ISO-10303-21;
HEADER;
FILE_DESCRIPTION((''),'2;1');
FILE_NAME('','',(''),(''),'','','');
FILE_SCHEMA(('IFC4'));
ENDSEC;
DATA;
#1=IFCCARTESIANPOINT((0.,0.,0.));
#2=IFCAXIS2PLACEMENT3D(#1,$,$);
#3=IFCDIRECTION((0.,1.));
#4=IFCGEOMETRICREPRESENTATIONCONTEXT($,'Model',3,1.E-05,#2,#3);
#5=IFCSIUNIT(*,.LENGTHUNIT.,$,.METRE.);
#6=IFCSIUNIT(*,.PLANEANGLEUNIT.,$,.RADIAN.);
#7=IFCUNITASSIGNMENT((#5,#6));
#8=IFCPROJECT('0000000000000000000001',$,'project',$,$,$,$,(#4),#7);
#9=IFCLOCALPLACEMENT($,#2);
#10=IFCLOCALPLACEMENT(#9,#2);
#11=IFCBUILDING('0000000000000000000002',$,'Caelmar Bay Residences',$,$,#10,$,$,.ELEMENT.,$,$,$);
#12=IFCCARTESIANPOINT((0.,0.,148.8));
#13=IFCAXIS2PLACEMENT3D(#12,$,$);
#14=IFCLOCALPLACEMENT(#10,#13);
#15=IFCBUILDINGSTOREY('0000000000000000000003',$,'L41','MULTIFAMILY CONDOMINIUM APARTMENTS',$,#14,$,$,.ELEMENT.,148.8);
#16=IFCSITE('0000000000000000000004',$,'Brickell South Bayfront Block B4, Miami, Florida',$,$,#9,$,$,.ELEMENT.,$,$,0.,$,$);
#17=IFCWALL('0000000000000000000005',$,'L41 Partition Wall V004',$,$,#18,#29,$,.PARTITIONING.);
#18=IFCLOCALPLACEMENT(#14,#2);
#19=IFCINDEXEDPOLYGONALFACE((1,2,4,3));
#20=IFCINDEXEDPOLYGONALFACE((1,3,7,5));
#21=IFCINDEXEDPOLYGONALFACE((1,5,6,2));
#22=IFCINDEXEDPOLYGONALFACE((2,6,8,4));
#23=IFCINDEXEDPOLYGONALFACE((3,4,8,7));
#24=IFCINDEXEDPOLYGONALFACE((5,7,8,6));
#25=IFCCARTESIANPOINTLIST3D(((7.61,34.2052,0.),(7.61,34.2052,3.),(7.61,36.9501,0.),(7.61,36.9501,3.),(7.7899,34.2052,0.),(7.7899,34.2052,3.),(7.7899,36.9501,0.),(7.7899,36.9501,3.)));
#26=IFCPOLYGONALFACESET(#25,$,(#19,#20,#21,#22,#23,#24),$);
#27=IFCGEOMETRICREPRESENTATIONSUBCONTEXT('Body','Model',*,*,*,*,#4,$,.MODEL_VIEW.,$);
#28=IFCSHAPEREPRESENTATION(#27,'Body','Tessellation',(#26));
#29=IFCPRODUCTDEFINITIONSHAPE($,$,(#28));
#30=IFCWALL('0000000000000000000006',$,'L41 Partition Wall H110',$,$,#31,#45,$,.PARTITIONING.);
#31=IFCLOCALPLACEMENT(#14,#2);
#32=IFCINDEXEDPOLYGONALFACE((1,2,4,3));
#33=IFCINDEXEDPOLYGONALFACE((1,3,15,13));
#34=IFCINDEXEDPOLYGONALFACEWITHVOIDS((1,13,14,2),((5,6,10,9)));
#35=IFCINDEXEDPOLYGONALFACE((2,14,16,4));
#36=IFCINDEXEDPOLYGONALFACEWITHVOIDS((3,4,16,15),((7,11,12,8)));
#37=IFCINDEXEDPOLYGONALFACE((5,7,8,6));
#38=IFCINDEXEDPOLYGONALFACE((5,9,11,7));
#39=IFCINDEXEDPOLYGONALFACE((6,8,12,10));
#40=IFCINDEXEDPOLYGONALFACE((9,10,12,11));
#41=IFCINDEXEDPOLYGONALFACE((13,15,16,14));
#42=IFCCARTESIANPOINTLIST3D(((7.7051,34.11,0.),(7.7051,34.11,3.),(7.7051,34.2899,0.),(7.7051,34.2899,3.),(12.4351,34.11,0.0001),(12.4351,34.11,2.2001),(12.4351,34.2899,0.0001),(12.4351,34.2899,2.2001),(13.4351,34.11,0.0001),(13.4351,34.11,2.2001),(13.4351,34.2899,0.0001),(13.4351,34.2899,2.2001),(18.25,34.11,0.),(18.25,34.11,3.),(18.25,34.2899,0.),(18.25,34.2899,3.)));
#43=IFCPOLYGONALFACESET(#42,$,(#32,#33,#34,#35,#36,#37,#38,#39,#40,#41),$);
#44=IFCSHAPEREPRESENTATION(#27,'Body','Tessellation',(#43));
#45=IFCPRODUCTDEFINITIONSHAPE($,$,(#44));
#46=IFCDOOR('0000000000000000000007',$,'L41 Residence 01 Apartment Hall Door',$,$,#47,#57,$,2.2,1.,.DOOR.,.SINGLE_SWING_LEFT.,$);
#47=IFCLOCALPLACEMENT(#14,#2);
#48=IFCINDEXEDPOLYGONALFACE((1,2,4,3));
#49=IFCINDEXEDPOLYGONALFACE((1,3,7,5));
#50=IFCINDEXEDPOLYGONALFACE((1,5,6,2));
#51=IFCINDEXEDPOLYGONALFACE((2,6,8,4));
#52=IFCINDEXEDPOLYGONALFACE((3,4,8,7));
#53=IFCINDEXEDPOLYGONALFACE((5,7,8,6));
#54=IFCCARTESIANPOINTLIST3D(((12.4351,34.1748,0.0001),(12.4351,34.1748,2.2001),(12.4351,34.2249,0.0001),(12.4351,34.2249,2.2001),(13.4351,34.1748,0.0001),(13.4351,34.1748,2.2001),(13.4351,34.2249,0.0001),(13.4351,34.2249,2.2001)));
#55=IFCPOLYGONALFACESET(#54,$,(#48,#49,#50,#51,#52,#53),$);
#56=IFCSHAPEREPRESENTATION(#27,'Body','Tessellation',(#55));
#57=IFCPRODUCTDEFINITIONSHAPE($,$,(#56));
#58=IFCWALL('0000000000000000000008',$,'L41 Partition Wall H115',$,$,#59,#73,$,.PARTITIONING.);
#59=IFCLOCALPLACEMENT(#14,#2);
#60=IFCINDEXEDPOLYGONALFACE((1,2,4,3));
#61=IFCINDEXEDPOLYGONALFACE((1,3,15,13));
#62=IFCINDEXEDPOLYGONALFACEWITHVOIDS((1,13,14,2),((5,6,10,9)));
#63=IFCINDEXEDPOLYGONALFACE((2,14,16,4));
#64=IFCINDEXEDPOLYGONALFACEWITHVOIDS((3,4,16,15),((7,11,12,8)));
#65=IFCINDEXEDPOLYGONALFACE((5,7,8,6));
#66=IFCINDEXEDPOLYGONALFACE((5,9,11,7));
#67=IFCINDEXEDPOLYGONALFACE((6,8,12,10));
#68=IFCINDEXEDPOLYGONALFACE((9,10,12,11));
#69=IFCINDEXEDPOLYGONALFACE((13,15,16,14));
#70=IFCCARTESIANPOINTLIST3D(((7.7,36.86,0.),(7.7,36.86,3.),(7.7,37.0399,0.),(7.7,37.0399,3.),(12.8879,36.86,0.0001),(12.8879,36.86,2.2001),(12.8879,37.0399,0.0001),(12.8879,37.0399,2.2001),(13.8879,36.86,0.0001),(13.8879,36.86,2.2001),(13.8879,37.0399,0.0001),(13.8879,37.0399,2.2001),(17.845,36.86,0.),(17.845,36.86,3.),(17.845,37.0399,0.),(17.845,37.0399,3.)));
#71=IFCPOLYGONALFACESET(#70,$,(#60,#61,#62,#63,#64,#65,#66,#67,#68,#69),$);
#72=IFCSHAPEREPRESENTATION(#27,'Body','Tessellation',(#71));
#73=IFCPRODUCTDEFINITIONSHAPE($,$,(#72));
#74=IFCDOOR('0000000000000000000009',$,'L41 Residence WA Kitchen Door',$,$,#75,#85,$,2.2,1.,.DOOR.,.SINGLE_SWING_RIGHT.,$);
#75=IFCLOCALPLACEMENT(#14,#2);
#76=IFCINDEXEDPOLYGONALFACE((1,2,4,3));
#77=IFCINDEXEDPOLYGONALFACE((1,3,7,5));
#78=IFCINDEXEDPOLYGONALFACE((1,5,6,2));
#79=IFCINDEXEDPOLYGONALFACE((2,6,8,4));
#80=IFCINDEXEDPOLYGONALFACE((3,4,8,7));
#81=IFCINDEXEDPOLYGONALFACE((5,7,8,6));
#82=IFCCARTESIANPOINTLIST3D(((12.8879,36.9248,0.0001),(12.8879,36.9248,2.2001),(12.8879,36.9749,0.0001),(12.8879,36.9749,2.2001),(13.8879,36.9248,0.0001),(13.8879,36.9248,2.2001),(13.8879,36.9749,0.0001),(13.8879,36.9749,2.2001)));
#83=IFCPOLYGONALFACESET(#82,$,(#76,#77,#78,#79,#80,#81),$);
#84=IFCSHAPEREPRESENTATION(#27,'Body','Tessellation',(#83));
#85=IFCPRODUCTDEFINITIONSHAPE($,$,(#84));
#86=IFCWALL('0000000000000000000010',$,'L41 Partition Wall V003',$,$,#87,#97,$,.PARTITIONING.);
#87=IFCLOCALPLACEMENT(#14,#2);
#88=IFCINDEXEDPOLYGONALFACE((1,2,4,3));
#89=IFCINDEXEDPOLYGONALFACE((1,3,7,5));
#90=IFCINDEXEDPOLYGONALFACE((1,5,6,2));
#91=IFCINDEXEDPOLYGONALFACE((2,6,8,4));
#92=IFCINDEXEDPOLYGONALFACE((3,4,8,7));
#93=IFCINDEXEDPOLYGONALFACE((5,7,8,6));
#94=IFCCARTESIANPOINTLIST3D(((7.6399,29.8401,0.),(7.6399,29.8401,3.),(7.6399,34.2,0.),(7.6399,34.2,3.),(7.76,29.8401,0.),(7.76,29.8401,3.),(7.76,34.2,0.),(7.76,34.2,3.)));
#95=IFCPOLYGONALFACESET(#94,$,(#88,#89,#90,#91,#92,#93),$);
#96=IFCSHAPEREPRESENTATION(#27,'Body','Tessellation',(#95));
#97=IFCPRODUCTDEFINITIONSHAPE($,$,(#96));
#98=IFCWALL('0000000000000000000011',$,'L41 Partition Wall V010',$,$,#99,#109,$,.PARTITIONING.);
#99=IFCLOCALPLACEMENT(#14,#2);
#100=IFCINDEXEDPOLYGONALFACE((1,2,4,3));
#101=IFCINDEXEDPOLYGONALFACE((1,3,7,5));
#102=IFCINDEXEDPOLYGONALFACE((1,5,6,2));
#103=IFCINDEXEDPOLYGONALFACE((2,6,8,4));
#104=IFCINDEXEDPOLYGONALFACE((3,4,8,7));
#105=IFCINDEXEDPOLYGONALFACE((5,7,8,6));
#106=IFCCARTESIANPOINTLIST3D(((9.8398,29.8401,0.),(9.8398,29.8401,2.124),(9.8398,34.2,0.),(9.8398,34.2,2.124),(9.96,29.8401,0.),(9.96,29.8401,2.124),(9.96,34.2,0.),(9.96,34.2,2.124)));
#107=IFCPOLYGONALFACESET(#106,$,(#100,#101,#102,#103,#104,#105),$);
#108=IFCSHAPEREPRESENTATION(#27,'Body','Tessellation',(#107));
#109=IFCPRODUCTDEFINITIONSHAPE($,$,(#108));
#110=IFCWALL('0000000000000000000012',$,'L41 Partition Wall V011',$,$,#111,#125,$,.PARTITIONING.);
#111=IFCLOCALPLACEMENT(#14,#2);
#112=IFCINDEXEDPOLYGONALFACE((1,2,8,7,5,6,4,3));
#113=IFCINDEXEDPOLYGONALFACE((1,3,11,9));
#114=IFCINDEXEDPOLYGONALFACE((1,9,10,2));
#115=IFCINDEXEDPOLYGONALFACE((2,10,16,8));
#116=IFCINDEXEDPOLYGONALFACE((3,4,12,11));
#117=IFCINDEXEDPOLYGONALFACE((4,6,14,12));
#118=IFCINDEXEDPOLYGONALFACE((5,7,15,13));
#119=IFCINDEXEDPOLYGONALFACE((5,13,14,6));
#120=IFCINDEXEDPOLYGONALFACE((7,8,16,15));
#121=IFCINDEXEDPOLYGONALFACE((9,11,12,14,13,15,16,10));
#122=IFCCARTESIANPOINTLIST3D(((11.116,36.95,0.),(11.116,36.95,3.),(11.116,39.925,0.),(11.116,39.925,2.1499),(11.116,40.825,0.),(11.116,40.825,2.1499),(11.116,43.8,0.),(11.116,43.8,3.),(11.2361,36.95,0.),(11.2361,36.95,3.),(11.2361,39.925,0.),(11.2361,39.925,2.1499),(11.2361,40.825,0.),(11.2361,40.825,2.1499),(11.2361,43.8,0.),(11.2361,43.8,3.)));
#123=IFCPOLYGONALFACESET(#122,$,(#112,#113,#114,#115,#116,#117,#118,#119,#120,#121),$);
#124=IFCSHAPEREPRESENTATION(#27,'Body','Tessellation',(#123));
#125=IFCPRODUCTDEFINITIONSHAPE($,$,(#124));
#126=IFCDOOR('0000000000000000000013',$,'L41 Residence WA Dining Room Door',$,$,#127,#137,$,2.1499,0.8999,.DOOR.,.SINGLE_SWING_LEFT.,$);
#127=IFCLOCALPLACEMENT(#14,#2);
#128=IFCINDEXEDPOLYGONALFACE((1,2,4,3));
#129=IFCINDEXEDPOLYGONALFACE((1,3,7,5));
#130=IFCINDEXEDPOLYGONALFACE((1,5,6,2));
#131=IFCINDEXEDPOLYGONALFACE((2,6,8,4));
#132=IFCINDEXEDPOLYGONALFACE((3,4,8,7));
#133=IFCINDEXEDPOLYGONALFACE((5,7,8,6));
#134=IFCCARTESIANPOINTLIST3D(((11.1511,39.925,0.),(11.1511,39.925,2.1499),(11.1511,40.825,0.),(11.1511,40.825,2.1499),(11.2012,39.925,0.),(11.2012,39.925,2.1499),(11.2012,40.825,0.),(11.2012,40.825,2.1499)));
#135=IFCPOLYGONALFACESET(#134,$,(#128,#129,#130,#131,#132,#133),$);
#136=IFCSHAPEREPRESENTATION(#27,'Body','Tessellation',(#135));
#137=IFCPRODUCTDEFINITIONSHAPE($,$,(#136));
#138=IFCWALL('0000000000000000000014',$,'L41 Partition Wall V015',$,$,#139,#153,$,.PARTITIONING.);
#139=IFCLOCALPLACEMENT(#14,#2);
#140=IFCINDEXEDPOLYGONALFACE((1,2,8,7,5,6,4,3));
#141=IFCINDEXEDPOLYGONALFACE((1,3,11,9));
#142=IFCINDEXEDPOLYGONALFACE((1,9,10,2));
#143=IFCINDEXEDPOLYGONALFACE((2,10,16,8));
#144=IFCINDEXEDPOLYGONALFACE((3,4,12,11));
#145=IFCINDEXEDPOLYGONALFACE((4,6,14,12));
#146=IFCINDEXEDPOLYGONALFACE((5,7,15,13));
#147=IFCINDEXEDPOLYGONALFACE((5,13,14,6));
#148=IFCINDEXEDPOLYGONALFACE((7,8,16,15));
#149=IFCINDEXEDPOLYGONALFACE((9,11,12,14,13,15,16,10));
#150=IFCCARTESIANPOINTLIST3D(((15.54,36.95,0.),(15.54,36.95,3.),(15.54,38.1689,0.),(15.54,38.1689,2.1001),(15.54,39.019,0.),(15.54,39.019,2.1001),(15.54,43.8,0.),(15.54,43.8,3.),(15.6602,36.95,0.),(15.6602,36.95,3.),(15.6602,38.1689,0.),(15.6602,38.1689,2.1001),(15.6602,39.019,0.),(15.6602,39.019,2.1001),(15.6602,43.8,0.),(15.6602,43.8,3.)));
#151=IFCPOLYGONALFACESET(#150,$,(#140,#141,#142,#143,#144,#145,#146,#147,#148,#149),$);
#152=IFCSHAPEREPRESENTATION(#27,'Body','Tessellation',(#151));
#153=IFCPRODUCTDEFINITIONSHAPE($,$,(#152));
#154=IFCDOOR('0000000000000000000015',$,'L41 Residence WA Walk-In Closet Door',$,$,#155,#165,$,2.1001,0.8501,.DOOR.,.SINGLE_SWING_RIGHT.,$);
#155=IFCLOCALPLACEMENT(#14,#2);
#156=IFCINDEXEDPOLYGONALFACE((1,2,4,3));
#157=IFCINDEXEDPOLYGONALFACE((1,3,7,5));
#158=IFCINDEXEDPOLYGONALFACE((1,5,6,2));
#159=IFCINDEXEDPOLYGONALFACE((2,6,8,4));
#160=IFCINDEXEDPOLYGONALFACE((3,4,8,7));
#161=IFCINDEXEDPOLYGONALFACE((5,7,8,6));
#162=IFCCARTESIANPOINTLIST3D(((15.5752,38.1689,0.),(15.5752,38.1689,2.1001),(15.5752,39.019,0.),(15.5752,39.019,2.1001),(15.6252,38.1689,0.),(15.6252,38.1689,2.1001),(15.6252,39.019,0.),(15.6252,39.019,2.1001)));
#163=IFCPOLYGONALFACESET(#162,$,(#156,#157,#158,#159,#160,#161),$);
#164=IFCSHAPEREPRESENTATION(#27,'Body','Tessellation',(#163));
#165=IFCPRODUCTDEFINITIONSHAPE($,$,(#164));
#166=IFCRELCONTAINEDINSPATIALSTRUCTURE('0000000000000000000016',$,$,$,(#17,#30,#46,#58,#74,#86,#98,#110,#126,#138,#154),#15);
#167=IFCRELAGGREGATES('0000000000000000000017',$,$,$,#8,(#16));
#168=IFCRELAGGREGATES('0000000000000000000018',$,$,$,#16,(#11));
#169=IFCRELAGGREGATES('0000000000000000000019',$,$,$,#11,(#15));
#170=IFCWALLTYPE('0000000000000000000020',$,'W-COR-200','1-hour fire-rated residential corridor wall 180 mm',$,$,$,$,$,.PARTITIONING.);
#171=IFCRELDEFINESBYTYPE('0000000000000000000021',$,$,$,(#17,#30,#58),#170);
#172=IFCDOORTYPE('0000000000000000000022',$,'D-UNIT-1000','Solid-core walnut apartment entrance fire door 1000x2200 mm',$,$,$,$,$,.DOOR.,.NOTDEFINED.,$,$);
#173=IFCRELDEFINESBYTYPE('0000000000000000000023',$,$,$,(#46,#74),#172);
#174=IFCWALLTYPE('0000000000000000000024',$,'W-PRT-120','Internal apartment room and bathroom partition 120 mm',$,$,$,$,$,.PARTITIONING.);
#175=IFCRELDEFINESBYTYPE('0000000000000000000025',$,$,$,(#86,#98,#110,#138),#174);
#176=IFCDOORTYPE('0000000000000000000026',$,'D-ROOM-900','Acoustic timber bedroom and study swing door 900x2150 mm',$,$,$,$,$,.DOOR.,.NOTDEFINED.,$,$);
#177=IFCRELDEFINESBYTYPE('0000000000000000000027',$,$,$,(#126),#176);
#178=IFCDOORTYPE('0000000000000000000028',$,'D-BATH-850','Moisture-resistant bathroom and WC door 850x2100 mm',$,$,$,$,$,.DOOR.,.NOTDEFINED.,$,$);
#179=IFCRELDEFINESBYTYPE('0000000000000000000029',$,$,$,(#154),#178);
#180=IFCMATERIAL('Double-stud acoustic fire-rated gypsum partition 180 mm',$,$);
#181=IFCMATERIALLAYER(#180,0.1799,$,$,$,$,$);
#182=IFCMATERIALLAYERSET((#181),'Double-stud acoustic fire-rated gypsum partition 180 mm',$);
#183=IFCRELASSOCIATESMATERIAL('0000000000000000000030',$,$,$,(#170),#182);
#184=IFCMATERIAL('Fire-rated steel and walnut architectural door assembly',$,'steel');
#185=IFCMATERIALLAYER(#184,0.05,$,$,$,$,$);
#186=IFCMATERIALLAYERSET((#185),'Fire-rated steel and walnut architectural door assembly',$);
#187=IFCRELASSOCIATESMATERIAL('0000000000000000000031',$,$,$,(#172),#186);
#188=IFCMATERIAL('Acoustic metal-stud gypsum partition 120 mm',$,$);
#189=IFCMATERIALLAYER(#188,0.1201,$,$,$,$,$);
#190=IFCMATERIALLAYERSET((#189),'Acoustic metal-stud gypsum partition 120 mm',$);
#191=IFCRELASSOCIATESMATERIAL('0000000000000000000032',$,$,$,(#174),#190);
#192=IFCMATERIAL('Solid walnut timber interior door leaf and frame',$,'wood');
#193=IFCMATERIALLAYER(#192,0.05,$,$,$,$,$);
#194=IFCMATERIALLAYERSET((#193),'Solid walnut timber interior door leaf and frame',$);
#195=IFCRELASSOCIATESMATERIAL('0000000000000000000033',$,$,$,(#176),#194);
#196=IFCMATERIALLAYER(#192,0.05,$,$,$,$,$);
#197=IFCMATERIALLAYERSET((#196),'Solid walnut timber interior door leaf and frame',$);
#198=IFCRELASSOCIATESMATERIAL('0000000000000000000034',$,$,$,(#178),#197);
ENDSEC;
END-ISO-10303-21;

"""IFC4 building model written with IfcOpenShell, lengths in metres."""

from ifc_helpers import new_model, si_unit, direction, frame, frame_2d, origin, place, context, subcontext, project, spatial, rectangle, extrude, material, layer, layer_set, type_object, element, fill, save


model = new_model("IFC4")

# Units and contexts
model_context = context("Model", 3, precision=1e-05, world=origin(), true_north=direction((0.0, 1.0)))
body_context = subcontext(model_context, "Body", "Model", "MODEL_VIEW")
ifc_project = project(units=[si_unit("LENGTHUNIT", "METRE"), si_unit("PLANEANGLEUNIT", "RADIAN")], contexts=[model_context])

# Site, building, storey
site_placement = place(None, origin())
site = spatial("IfcSite", under=ifc_project, at=site_placement, Name="Brickell South Bayfront Block B4, Miami, Florida", CompositionType="ELEMENT", RefElevation=0.0)
building_placement = place(site_placement, origin())
building = spatial("IfcBuilding", under=site, at=building_placement, Name="Caelmar Bay Residences", CompositionType="ELEMENT")
storey_placement = place(building_placement, frame((0.0, 0.0, 148.8)))
storey = spatial("IfcBuildingStorey", under=building, at=storey_placement, Name="L41", Description="MULTIFAMILY CONDOMINIUM APARTMENTS", CompositionType="ELEMENT", Elevation=148.8)

# Shared definitions
ifc_material_1 = material(Name="Fire-rated steel and walnut architectural door assembly", Category="steel")

# Wall
ifc_material_2 = material(Name="Double-stud acoustic fire-rated gypsum partition 180 mm")
ifc_layer_1 = layer(ifc_material_2, 0.1799)
ifc_layer_set_1 = layer_set([ifc_layer_1], Name="Double-stud acoustic fire-rated gypsum partition 180 mm")
wall_type_1 = type_object("IfcWallType", Name="W-COR-200", Description="1-hour fire-rated residential corridor wall 180 mm", PredefinedType="PARTITIONING", material=ifc_layer_set_1)
wall_1_placement = place(storey_placement, frame((7.7, 34.2051, 0.0), z_axis=(0.0, 0.0, 1.0), x_axis=(0.0, 1.0, 0.0)))
element("IfcWall", 1, at=wall_1_placement, inside=storey, type_object=wall_type_1, Name="L41 Partition Wall V004", PredefinedType="PARTITIONING", context=body_context, shape_type="SweptSolid", body=[
    extrude(rectangle(XDim=2.7449, YDim=0.1799, at=frame_2d((1.3726, 0.0))), origin(), (0.0, 0.0, 1.0), 3.0),
])

# Walls, openings, doors
wall_2_placement = place(storey_placement, frame((7.7051, 34.2, 0.0), z_axis=(0.0, 0.0, 1.0), x_axis=(1.0, 0.0, 0.0)))
wall_2 = element("IfcWall", 2, at=wall_2_placement, inside=storey, type_object=wall_type_1, Name="L41 Partition Wall H110", PredefinedType="PARTITIONING", context=body_context, shape_type="SweptSolid", body=[
    extrude(rectangle(XDim=10.5449, YDim=0.1799, at=frame_2d((5.2725, 0.0))), origin(), (0.0, 0.0, 1.0), 3.0),
])
opening_1_placement = place(wall_2_placement, frame((4.73, 0.0, 0.0)))
opening_1 = element("IfcOpeningElement", 3, at=opening_1_placement, cuts=wall_2, PredefinedType="OPENING", context=body_context, shape_type="SweptSolid", body=[
    extrude(rectangle(XDim=1.0, YDim=2.2, at=frame_2d((0.5, 1.1001))), frame((0.0, 0.0999, 0.0), z_axis=(0.0, -1.0, 0.0), x_axis=(1.0, 0.0, 0.0)), (0.0, 0.0, 1.0), 0.2),
])
ifc_layer_2 = layer(ifc_material_1, 0.05)
ifc_layer_set_2 = layer_set([ifc_layer_2], Name="Fire-rated steel and walnut architectural door assembly")
door_type_1 = type_object("IfcDoorType", Name="D-UNIT-1000", Description="Solid-core walnut apartment entrance fire door 1000x2200 mm", OperationType="NOTDEFINED", PredefinedType="DOOR", material=ifc_layer_set_2)
door_1_placement = place(opening_1_placement, origin())
door_1 = element("IfcDoor", 4, at=door_1_placement, inside=storey, type_object=door_type_1, Name="L41 Residence 01 Apartment Hall Door", OperationType="SINGLE_SWING_LEFT", OverallHeight=2.2, OverallWidth=1.0, PredefinedType="DOOR", context=body_context, shape_type="SweptSolid", body=[
    extrude(rectangle(XDim=1.0, YDim=2.2, at=frame_2d((0.5, 1.1001))), frame((0.0, 0.0249, 0.0), z_axis=(0.0, -1.0, 0.0), x_axis=(1.0, 0.0, 0.0)), (0.0, 0.0, 1.0), 0.05),
])
fill(opening_1, door_1)
wall_3_placement = place(storey_placement, frame((7.7, 36.95, 0.0), z_axis=(0.0, 0.0, 1.0), x_axis=(1.0, 0.0, 0.0)))
wall_3 = element("IfcWall", 5, at=wall_3_placement, inside=storey, type_object=wall_type_1, Name="L41 Partition Wall H115", PredefinedType="PARTITIONING", context=body_context, shape_type="SweptSolid", body=[
    extrude(rectangle(XDim=10.145, YDim=0.1799, at=frame_2d((5.0725, 0.0))), origin(), (0.0, 0.0, 1.0), 3.0),
])
opening_2_placement = place(wall_3_placement, frame((5.188, 0.0, 0.0)))
opening_2 = element("IfcOpeningElement", 6, at=opening_2_placement, cuts=wall_3, PredefinedType="OPENING", context=body_context, shape_type="SweptSolid", body=[
    extrude(rectangle(XDim=1.0, YDim=2.2, at=frame_2d((0.5, 1.1001))), frame((0.0, 0.0999, 0.0), z_axis=(0.0, -1.0, 0.0), x_axis=(1.0, 0.0, 0.0)), (0.0, 0.0, 1.0), 0.2),
])
door_2_placement = place(opening_2_placement, origin())
door_2 = element("IfcDoor", 7, at=door_2_placement, inside=storey, type_object=door_type_1, Name="L41 Residence WA Kitchen Door", OperationType="SINGLE_SWING_RIGHT", OverallHeight=2.2, OverallWidth=1.0, PredefinedType="DOOR", context=body_context, shape_type="SweptSolid", body=[
    extrude(rectangle(XDim=1.0, YDim=2.2, at=frame_2d((0.5, 1.1001))), frame((0.0, 0.0249, 0.0), z_axis=(0.0, -1.0, 0.0), x_axis=(1.0, 0.0, 0.0)), (0.0, 0.0, 1.0), 0.05),
])
fill(opening_2, door_2)

# Walls
ifc_material_3 = material(Name="Acoustic metal-stud gypsum partition 120 mm")
ifc_layer_3 = layer(ifc_material_3, 0.1201)
ifc_layer_set_3 = layer_set([ifc_layer_3], Name="Acoustic metal-stud gypsum partition 120 mm")
wall_type_2 = type_object("IfcWallType", Name="W-PRT-120", Description="Internal apartment room and bathroom partition 120 mm", PredefinedType="PARTITIONING", material=ifc_layer_set_3)
wall_4_placement = place(storey_placement, frame((7.7, 29.8401, 0.0), z_axis=(0.0, 0.0, 1.0), x_axis=(0.0, 1.0, 0.0)))
element("IfcWall", 8, at=wall_4_placement, inside=storey, type_object=wall_type_2, Name="L41 Partition Wall V003", PredefinedType="PARTITIONING", context=body_context, shape_type="SweptSolid", body=[
    extrude(rectangle(XDim=4.3599, YDim=0.1201, at=frame_2d((2.1799, 0.0))), origin(), (0.0, 0.0, 1.0), 3.0),
])
wall_5_placement = place(storey_placement, frame((9.8999, 29.8401, 0.0), z_axis=(0.0, 0.0, 1.0), x_axis=(0.0, 1.0, 0.0)))
element("IfcWall", 9, at=wall_5_placement, inside=storey, type_object=wall_type_2, Name="L41 Partition Wall V010", PredefinedType="PARTITIONING", context=body_context, shape_type="SweptSolid", body=[
    extrude(rectangle(XDim=4.3599, YDim=0.1201, at=frame_2d((2.1799, 0.0))), origin(), (0.0, 0.0, 1.0), 2.124),
])

# Walls, openings, doors
wall_6_placement = place(storey_placement, frame((11.176, 36.95, 0.0), z_axis=(0.0, 0.0, 1.0), x_axis=(0.0, 1.0, 0.0)))
wall_6 = element("IfcWall", 10, at=wall_6_placement, inside=storey, type_object=wall_type_2, Name="L41 Partition Wall V011", PredefinedType="PARTITIONING", context=body_context, shape_type="SweptSolid", body=[
    extrude(rectangle(XDim=6.8501, YDim=0.1201, at=frame_2d((3.425, 0.0))), origin(), (0.0, 0.0, 1.0), 3.0),
])
opening_3_placement = place(wall_6_placement, frame((2.9751, 0.0, 0.0)))
opening_3 = element("IfcOpeningElement", 11, at=opening_3_placement, cuts=wall_6, PredefinedType="OPENING", context=body_context, shape_type="SweptSolid", body=[
    extrude(rectangle(XDim=0.8999, YDim=2.1499, at=frame_2d((0.45, 1.075))), frame((0.0, 0.0701, 0.0), z_axis=(0.0, -1.0, 0.0), x_axis=(1.0, 0.0, 0.0)), (0.0, 0.0, 1.0), 0.1401),
])
ifc_material_4 = material(Name="Solid walnut timber interior door leaf and frame", Category="wood")
ifc_layer_4 = layer(ifc_material_4, 0.05)
ifc_layer_set_4 = layer_set([ifc_layer_4], Name="Solid walnut timber interior door leaf and frame")
door_type_2 = type_object("IfcDoorType", Name="D-ROOM-900", Description="Acoustic timber bedroom and study swing door 900x2150 mm", OperationType="NOTDEFINED", PredefinedType="DOOR", material=ifc_layer_set_4)
door_3_placement = place(opening_3_placement, origin())
door_3 = element("IfcDoor", 12, at=door_3_placement, inside=storey, type_object=door_type_2, Name="L41 Residence WA Dining Room Door", OperationType="SINGLE_SWING_LEFT", OverallHeight=2.1499, OverallWidth=0.8999, PredefinedType="DOOR", context=body_context, shape_type="SweptSolid", body=[
    extrude(rectangle(XDim=0.8999, YDim=2.1499, at=frame_2d((0.45, 1.075))), frame((0.0, 0.0249, 0.0), z_axis=(0.0, -1.0, 0.0), x_axis=(1.0, 0.0, 0.0)), (0.0, 0.0, 1.0), 0.05),
])
fill(opening_3, door_3)
wall_7_placement = place(storey_placement, frame((15.6001, 36.95, 0.0), z_axis=(0.0, 0.0, 1.0), x_axis=(0.0, 1.0, 0.0)))
wall_7 = element("IfcWall", 13, at=wall_7_placement, inside=storey, type_object=wall_type_2, Name="L41 Partition Wall V015", PredefinedType="PARTITIONING", context=body_context, shape_type="SweptSolid", body=[
    extrude(rectangle(XDim=6.8501, YDim=0.1201, at=frame_2d((3.425, 0.0))), origin(), (0.0, 0.0, 1.0), 3.0),
])
opening_4_placement = place(wall_7_placement, frame((1.219, 0.0, 0.0)))
opening_4 = element("IfcOpeningElement", 14, at=opening_4_placement, cuts=wall_7, PredefinedType="OPENING", context=body_context, shape_type="SweptSolid", body=[
    extrude(rectangle(XDim=0.8501, YDim=2.1001, at=frame_2d((0.425, 1.05))), frame((0.0, 0.0701, 0.0), z_axis=(0.0, -1.0, 0.0), x_axis=(1.0, 0.0, 0.0)), (0.0, 0.0, 1.0), 0.1401),
])
ifc_layer_5 = layer(ifc_material_4, 0.05)
ifc_layer_set_5 = layer_set([ifc_layer_5], Name="Solid walnut timber interior door leaf and frame")
door_type_3 = type_object("IfcDoorType", Name="D-BATH-850", Description="Moisture-resistant bathroom and WC door 850x2100 mm", OperationType="NOTDEFINED", PredefinedType="DOOR", material=ifc_layer_set_5)
door_4_placement = place(opening_4_placement, origin())
door_4 = element("IfcDoor", 15, at=door_4_placement, inside=storey, type_object=door_type_3, Name="L41 Residence WA Walk-In Closet Door", OperationType="SINGLE_SWING_RIGHT", OverallHeight=2.1001, OverallWidth=0.8501, PredefinedType="DOOR", context=body_context, shape_type="SweptSolid", body=[
    extrude(rectangle(XDim=0.8501, YDim=2.1001, at=frame_2d((0.425, 1.05))), frame((0.0, 0.0249, 0.0), z_axis=(0.0, -1.0, 0.0), x_axis=(1.0, 0.0, 0.0)), (0.0, 0.0, 1.0), 0.05),
])
fill(opening_4, door_4)

save(model, "model.ifc")
